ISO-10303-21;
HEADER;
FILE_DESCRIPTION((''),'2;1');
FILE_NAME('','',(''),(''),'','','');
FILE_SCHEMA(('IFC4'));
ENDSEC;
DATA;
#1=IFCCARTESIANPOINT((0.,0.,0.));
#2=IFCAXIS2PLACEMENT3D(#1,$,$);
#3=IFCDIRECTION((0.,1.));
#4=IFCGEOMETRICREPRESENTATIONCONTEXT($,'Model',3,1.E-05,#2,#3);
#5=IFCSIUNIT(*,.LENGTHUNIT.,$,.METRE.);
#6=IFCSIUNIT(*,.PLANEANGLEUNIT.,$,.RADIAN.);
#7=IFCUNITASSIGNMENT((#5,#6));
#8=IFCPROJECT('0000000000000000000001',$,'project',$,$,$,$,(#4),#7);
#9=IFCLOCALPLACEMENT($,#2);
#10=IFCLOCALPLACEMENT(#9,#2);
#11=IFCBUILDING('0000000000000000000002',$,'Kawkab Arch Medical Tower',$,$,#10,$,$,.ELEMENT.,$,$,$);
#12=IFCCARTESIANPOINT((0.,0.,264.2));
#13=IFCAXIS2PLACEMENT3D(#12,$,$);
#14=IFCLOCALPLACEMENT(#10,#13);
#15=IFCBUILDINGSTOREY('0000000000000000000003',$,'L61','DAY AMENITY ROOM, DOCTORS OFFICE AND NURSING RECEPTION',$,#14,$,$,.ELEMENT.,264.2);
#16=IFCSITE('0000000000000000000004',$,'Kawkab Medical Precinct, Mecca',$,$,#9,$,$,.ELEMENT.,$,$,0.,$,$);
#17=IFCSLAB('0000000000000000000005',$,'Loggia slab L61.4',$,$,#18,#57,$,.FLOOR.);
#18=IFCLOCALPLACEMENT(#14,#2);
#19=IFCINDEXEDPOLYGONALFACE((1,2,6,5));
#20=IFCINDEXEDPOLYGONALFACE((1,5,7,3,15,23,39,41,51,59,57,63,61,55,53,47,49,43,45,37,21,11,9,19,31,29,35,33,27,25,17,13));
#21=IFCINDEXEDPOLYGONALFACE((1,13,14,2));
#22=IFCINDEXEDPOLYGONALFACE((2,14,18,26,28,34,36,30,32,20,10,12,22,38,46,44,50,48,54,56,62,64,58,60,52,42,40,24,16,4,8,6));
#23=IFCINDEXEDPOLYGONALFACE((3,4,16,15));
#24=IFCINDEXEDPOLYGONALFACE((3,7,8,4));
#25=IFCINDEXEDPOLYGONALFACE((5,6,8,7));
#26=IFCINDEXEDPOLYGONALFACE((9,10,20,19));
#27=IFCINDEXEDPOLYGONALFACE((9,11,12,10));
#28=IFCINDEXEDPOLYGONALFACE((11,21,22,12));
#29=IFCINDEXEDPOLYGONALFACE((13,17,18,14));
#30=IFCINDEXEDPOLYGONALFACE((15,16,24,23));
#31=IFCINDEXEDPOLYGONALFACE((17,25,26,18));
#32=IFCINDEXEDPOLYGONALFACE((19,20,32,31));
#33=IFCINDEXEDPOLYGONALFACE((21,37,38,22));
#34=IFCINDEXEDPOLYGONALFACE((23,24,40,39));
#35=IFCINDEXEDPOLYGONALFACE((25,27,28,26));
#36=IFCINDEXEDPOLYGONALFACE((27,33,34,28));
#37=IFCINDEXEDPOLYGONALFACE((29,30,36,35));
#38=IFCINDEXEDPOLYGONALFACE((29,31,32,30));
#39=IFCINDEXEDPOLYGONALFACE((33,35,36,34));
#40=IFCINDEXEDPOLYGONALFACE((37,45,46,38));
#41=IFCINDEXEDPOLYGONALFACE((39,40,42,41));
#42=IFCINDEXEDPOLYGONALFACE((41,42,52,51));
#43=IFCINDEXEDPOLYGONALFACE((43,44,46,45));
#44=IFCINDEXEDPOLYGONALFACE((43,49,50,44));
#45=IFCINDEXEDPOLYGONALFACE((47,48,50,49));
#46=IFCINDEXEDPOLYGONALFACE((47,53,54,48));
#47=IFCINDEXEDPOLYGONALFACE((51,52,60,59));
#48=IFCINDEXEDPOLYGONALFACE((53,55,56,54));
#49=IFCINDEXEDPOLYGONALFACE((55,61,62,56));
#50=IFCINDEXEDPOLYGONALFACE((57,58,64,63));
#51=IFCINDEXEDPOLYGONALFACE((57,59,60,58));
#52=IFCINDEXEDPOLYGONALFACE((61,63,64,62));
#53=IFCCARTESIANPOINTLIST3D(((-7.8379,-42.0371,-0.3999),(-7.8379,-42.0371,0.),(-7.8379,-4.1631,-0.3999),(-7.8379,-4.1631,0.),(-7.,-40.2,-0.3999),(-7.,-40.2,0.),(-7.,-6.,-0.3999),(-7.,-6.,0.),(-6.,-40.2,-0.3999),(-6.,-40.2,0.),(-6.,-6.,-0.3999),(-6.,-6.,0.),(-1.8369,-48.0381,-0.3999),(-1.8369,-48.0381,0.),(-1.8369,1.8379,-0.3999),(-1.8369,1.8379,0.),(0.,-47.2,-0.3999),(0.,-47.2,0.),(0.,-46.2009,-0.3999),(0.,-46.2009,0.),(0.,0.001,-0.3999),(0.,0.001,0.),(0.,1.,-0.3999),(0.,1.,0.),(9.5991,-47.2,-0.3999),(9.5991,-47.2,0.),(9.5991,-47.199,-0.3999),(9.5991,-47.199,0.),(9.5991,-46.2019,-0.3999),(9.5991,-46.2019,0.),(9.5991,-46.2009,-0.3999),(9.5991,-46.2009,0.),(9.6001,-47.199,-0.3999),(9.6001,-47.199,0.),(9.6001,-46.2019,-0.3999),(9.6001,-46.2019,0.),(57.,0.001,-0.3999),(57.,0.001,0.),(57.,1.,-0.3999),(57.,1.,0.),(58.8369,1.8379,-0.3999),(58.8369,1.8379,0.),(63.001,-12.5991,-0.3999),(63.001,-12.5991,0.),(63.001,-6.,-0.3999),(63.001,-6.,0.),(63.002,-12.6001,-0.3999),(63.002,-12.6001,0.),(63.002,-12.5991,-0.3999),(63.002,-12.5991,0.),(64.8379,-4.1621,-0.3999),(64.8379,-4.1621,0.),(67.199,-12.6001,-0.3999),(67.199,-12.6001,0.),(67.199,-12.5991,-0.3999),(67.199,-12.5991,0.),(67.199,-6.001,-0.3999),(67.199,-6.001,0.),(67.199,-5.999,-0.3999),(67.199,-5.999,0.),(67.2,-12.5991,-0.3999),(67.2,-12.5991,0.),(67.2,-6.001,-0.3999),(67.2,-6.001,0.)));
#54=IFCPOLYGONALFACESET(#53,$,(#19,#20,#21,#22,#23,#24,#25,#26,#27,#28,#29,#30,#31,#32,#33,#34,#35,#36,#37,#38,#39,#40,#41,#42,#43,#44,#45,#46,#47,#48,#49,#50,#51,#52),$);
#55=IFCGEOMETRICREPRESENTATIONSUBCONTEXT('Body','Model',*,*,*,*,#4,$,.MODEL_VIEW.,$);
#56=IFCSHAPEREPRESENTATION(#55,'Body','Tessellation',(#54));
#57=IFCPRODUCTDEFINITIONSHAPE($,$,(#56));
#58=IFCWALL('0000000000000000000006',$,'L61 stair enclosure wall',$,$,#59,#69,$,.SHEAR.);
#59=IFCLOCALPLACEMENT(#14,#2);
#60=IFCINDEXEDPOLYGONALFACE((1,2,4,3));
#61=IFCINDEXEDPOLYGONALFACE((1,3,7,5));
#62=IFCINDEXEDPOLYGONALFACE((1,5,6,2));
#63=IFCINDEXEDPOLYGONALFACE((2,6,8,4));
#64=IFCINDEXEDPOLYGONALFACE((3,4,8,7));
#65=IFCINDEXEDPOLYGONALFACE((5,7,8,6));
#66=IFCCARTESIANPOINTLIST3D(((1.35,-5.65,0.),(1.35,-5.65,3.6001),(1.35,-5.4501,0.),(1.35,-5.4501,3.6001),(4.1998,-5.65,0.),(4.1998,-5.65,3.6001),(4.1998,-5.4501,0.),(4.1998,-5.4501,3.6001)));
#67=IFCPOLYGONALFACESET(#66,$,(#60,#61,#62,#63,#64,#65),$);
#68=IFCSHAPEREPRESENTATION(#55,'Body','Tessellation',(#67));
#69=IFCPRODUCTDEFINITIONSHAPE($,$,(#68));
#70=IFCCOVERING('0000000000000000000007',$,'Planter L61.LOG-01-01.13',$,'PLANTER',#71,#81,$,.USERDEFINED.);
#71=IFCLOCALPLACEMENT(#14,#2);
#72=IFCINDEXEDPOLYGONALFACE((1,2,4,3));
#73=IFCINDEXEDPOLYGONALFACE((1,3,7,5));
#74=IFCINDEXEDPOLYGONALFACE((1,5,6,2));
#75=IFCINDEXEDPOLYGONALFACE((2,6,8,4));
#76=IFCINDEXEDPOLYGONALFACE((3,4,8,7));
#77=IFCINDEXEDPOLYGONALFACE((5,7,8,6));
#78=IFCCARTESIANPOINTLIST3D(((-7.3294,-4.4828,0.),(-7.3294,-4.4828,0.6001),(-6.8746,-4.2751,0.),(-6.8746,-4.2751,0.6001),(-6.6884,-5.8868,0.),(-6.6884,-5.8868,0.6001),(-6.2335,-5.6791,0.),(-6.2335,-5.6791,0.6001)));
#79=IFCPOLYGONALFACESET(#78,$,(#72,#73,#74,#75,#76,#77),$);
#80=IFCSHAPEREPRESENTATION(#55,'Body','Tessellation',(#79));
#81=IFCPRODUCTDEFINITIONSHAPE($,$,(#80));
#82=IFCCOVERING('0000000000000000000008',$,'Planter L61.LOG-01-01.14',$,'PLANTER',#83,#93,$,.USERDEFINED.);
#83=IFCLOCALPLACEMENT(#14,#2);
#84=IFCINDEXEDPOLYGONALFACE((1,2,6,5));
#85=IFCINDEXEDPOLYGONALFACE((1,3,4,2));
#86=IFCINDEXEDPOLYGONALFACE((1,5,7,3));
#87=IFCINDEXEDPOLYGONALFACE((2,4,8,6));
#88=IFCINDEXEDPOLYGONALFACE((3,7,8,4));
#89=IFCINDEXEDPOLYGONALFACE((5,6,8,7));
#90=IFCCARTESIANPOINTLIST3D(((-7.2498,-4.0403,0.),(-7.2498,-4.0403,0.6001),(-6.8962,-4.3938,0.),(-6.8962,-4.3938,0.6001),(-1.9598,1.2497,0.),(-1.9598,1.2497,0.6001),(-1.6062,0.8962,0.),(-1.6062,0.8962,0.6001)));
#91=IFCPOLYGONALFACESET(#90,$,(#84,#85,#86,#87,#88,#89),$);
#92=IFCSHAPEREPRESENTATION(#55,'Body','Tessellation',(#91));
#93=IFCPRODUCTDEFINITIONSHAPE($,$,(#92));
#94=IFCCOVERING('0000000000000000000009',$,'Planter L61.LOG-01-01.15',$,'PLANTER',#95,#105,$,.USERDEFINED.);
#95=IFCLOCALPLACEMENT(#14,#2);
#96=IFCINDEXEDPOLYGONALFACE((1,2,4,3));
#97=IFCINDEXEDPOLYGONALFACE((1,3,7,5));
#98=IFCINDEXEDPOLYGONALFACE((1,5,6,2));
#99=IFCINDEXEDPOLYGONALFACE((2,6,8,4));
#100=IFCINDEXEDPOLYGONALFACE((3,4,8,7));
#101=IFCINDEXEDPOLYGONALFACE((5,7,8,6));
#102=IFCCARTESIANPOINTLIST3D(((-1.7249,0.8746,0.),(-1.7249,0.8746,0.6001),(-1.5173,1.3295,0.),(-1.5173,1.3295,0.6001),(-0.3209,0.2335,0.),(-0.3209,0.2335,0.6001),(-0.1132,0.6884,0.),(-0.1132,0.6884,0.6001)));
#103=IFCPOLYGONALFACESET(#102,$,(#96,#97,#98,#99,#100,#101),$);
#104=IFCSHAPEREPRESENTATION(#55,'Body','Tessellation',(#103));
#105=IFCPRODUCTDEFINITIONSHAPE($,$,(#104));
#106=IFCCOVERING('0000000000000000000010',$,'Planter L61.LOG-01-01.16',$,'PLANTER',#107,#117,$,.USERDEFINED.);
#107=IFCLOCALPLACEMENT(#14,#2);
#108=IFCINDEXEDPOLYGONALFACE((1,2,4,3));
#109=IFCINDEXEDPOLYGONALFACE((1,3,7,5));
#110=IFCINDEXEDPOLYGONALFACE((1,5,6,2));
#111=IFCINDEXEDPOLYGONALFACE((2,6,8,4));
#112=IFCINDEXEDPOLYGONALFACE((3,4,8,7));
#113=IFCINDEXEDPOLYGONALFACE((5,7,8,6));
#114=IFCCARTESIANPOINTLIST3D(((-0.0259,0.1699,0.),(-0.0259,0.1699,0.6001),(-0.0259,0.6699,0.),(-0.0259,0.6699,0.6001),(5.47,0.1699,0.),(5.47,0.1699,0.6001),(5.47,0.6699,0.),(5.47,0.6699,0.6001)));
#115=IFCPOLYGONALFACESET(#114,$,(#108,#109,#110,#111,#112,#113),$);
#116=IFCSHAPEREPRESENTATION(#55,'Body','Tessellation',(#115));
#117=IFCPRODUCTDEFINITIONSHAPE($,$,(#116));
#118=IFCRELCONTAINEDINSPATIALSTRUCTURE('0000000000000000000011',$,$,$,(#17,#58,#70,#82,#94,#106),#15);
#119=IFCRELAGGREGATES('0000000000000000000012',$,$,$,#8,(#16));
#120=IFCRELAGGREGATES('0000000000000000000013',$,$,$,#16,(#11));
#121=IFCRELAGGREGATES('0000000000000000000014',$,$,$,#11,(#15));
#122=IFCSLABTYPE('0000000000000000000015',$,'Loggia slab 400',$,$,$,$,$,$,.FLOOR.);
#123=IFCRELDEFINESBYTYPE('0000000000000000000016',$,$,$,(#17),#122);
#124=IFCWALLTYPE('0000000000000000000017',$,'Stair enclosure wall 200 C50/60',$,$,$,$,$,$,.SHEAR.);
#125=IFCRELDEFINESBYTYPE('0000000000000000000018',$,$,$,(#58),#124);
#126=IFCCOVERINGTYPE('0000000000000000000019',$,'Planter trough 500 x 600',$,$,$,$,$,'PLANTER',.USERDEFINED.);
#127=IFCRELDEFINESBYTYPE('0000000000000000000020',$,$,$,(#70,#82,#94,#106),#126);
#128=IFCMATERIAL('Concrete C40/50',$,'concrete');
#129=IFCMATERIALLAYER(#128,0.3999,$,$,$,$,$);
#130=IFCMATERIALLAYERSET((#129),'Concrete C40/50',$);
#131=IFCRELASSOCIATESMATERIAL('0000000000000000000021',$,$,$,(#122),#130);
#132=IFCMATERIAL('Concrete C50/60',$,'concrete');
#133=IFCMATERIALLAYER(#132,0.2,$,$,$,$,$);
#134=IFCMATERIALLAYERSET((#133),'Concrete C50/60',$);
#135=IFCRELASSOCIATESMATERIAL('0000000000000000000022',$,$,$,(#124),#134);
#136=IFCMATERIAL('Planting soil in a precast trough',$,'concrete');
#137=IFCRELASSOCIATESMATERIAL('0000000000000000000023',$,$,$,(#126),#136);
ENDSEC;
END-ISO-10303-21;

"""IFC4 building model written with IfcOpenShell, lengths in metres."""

from ifc_helpers import new_model, si_unit, direction, frame, frame_2d, origin, origin_2d, place, context, subcontext, project, spatial, polyline, rectangle, outline, extrude, material, layer, layer_set, material_profile, profile_set, type_object, element, save


model = new_model("IFC4")

# Units and contexts
model_context = context("Model", 3, precision=1e-05, world=origin(), true_north=direction((0.0, 1.0)))
body_context = subcontext(model_context, "Body", "Model", "MODEL_VIEW")
ifc_project = project(units=[si_unit("LENGTHUNIT", "METRE"), si_unit("PLANEANGLEUNIT", "RADIAN")], contexts=[model_context])

# Site, building, storey
site_placement = place(None, origin())
site = spatial("IfcSite", under=ifc_project, at=site_placement, Name="Kawkab Medical Precinct, Mecca", CompositionType="ELEMENT", RefElevation=0.0)
building_placement = place(site_placement, origin())
building = spatial("IfcBuilding", under=site, at=building_placement, Name="Kawkab Arch Medical Tower", CompositionType="ELEMENT")
storey_placement = place(building_placement, frame((0.0, 0.0, 264.2)))
storey = spatial("IfcBuildingStorey", under=building, at=storey_placement, Name="L61", Description="DAY AMENITY ROOM, DOCTORS OFFICE AND NURSING RECEPTION", CompositionType="ELEMENT", Elevation=264.2)

# Slab
ifc_material_1 = material(Name="Concrete C40/50", Category="concrete")
ifc_layer_1 = layer(ifc_material_1, 0.3999)
ifc_layer_set_1 = layer_set([ifc_layer_1], Name="Concrete C40/50")
slab_type_1 = type_object("IfcSlabType", Name="Loggia slab 400", PredefinedType="FLOOR", material=ifc_layer_set_1)
placement_1 = place(storey_placement, frame((0.0, 0.0, -0.3999)))
element("IfcSlab", 1, at=placement_1, inside=storey, type_object=slab_type_1, Name="Loggia slab L61.4", PredefinedType="FLOOR", context=body_context, shape_type="SweptSolid", body=[
    extrude(outline(polyline([(-7.8379, -42.0371), (-7.0, -40.2), (-7.0, -6.0), (-7.8379, -4.1631), (-1.8369, 1.8379), (0.0, 1.0), (57.0, 1.0), (58.8369, 1.8379), (64.8379, -4.1621), (67.199, -5.999), (67.199, -6.001), (67.2, -6.001), (67.2, -12.5991), (67.199, -12.5991), (67.199, -12.6001), (63.002, -12.6001), (63.002, -12.5991), (63.001, -12.5991), (63.001, -6.0), (57.0, 0.001), (0.0, 0.001), (-6.0, -6.0), (-6.0, -40.2), (0.0, -46.2009), (9.5991, -46.2009), (9.5991, -46.2019), (9.6001, -46.2019), (9.6001, -47.199), (9.5991, -47.199), (9.5991, -47.2), (0.0, -47.2), (-1.8369, -48.0381), (-7.8379, -42.0371)])), origin(), (0.0, 0.0, 1.0), 0.3999),
])

# Wall
ifc_material_2 = material(Name="Concrete C50/60", Category="concrete")
ifc_layer_2 = layer(ifc_material_2, 0.2)
ifc_layer_set_2 = layer_set([ifc_layer_2], Name="Concrete C50/60")
wall_type = type_object("IfcWallType", Name="Stair enclosure wall 200 C50/60", PredefinedType="SHEAR", material=ifc_layer_set_2)
wall_placement = place(storey_placement, frame((1.3501, -5.55, 0.0), z_axis=(0.0, 0.0, 1.0), x_axis=(1.0, 0.0, 0.0)))
element("IfcWall", 2, at=wall_placement, inside=storey, type_object=wall_type, Name="L61 stair enclosure wall", PredefinedType="SHEAR", context=body_context, shape_type="SweptSolid", body=[
    extrude(rectangle(XDim=2.8499, YDim=0.2, at=frame_2d((1.4248, 0.0))), origin(), (0.0, 0.0, 1.0), 3.6001),
])

# Coverings
ifc_material_3 = material(Name="Planting soil in a precast trough", Category="concrete")
ifc_material_profile_1 = material_profile(ifc_material_3, rectangle(XDim=0.5, YDim=0.6001, at=origin_2d()), Name="Trough 500x600")
ifc_profile_set_1 = profile_set([ifc_material_profile_1], Name="Planting soil in a precast trough")
covering_type = type_object("IfcCoveringType", Name="Planter trough 500 x 600", ElementType="PLANTER", PredefinedType="USERDEFINED", material=ifc_profile_set_1)
covering_1_placement = place(storey_placement, frame((-6.4609, -5.783, 0.3), z_axis=(-0.415363, 0.909656, 0.0), x_axis=(-0.909656, -0.415363, 0.0)))
element("IfcCovering", 3, at=covering_1_placement, inside=storey, type_object=covering_type, Name="Planter L61.LOG-01-01.13", ObjectType="PLANTER", PredefinedType="USERDEFINED", context=body_context, shape_type="SweptSolid", body=[
    extrude(rectangle(XDim=0.5, YDim=0.6001, at=origin_2d()), origin(), (0.0, 0.0, 1.0), 1.5435),
])
covering_2_placement = place(storey_placement, frame((-7.073, -4.217, 0.3), z_axis=(0.707107, 0.707107, 0.0), x_axis=(-0.707107, 0.707107, 0.0)))
element("IfcCovering", 4, at=covering_2_placement, inside=storey, type_object=covering_type, Name="Planter L61.LOG-01-01.14", ObjectType="PLANTER", PredefinedType="USERDEFINED", context=body_context, shape_type="SweptSolid", body=[
    extrude(rectangle(XDim=0.5, YDim=0.6001, at=origin_2d()), origin(), (0.0, 0.0, 1.0), 7.4812),
])
covering_3_placement = place(storey_placement, frame((-1.6211, 1.1021, 0.3), z_axis=(0.909656, -0.415363, 0.0), x_axis=(0.415363, 0.909656, 0.0)))
element("IfcCovering", 5, at=covering_3_placement, inside=storey, type_object=covering_type, Name="Planter L61.LOG-01-01.15", ObjectType="PLANTER", PredefinedType="USERDEFINED", context=body_context, shape_type="SweptSolid", body=[
    extrude(rectangle(XDim=0.5, YDim=0.6001, at=origin_2d()), origin(), (0.0, 0.0, 1.0), 1.5435),
])
covering_4_placement = place(storey_placement, frame((-0.0259, 0.4199, 0.3), z_axis=(1.0, 0.0, 0.0), x_axis=(0.0, 1.0, 0.0)))
element("IfcCovering", 6, at=covering_4_placement, inside=storey, type_object=covering_type, Name="Planter L61.LOG-01-01.16", ObjectType="PLANTER", PredefinedType="USERDEFINED", context=body_context, shape_type="SweptSolid", body=[
    extrude(rectangle(XDim=0.5, YDim=0.6001, at=origin_2d()), origin(), (0.0, 0.0, 1.0), 5.4958),
])

save(model, "model.ifc")
